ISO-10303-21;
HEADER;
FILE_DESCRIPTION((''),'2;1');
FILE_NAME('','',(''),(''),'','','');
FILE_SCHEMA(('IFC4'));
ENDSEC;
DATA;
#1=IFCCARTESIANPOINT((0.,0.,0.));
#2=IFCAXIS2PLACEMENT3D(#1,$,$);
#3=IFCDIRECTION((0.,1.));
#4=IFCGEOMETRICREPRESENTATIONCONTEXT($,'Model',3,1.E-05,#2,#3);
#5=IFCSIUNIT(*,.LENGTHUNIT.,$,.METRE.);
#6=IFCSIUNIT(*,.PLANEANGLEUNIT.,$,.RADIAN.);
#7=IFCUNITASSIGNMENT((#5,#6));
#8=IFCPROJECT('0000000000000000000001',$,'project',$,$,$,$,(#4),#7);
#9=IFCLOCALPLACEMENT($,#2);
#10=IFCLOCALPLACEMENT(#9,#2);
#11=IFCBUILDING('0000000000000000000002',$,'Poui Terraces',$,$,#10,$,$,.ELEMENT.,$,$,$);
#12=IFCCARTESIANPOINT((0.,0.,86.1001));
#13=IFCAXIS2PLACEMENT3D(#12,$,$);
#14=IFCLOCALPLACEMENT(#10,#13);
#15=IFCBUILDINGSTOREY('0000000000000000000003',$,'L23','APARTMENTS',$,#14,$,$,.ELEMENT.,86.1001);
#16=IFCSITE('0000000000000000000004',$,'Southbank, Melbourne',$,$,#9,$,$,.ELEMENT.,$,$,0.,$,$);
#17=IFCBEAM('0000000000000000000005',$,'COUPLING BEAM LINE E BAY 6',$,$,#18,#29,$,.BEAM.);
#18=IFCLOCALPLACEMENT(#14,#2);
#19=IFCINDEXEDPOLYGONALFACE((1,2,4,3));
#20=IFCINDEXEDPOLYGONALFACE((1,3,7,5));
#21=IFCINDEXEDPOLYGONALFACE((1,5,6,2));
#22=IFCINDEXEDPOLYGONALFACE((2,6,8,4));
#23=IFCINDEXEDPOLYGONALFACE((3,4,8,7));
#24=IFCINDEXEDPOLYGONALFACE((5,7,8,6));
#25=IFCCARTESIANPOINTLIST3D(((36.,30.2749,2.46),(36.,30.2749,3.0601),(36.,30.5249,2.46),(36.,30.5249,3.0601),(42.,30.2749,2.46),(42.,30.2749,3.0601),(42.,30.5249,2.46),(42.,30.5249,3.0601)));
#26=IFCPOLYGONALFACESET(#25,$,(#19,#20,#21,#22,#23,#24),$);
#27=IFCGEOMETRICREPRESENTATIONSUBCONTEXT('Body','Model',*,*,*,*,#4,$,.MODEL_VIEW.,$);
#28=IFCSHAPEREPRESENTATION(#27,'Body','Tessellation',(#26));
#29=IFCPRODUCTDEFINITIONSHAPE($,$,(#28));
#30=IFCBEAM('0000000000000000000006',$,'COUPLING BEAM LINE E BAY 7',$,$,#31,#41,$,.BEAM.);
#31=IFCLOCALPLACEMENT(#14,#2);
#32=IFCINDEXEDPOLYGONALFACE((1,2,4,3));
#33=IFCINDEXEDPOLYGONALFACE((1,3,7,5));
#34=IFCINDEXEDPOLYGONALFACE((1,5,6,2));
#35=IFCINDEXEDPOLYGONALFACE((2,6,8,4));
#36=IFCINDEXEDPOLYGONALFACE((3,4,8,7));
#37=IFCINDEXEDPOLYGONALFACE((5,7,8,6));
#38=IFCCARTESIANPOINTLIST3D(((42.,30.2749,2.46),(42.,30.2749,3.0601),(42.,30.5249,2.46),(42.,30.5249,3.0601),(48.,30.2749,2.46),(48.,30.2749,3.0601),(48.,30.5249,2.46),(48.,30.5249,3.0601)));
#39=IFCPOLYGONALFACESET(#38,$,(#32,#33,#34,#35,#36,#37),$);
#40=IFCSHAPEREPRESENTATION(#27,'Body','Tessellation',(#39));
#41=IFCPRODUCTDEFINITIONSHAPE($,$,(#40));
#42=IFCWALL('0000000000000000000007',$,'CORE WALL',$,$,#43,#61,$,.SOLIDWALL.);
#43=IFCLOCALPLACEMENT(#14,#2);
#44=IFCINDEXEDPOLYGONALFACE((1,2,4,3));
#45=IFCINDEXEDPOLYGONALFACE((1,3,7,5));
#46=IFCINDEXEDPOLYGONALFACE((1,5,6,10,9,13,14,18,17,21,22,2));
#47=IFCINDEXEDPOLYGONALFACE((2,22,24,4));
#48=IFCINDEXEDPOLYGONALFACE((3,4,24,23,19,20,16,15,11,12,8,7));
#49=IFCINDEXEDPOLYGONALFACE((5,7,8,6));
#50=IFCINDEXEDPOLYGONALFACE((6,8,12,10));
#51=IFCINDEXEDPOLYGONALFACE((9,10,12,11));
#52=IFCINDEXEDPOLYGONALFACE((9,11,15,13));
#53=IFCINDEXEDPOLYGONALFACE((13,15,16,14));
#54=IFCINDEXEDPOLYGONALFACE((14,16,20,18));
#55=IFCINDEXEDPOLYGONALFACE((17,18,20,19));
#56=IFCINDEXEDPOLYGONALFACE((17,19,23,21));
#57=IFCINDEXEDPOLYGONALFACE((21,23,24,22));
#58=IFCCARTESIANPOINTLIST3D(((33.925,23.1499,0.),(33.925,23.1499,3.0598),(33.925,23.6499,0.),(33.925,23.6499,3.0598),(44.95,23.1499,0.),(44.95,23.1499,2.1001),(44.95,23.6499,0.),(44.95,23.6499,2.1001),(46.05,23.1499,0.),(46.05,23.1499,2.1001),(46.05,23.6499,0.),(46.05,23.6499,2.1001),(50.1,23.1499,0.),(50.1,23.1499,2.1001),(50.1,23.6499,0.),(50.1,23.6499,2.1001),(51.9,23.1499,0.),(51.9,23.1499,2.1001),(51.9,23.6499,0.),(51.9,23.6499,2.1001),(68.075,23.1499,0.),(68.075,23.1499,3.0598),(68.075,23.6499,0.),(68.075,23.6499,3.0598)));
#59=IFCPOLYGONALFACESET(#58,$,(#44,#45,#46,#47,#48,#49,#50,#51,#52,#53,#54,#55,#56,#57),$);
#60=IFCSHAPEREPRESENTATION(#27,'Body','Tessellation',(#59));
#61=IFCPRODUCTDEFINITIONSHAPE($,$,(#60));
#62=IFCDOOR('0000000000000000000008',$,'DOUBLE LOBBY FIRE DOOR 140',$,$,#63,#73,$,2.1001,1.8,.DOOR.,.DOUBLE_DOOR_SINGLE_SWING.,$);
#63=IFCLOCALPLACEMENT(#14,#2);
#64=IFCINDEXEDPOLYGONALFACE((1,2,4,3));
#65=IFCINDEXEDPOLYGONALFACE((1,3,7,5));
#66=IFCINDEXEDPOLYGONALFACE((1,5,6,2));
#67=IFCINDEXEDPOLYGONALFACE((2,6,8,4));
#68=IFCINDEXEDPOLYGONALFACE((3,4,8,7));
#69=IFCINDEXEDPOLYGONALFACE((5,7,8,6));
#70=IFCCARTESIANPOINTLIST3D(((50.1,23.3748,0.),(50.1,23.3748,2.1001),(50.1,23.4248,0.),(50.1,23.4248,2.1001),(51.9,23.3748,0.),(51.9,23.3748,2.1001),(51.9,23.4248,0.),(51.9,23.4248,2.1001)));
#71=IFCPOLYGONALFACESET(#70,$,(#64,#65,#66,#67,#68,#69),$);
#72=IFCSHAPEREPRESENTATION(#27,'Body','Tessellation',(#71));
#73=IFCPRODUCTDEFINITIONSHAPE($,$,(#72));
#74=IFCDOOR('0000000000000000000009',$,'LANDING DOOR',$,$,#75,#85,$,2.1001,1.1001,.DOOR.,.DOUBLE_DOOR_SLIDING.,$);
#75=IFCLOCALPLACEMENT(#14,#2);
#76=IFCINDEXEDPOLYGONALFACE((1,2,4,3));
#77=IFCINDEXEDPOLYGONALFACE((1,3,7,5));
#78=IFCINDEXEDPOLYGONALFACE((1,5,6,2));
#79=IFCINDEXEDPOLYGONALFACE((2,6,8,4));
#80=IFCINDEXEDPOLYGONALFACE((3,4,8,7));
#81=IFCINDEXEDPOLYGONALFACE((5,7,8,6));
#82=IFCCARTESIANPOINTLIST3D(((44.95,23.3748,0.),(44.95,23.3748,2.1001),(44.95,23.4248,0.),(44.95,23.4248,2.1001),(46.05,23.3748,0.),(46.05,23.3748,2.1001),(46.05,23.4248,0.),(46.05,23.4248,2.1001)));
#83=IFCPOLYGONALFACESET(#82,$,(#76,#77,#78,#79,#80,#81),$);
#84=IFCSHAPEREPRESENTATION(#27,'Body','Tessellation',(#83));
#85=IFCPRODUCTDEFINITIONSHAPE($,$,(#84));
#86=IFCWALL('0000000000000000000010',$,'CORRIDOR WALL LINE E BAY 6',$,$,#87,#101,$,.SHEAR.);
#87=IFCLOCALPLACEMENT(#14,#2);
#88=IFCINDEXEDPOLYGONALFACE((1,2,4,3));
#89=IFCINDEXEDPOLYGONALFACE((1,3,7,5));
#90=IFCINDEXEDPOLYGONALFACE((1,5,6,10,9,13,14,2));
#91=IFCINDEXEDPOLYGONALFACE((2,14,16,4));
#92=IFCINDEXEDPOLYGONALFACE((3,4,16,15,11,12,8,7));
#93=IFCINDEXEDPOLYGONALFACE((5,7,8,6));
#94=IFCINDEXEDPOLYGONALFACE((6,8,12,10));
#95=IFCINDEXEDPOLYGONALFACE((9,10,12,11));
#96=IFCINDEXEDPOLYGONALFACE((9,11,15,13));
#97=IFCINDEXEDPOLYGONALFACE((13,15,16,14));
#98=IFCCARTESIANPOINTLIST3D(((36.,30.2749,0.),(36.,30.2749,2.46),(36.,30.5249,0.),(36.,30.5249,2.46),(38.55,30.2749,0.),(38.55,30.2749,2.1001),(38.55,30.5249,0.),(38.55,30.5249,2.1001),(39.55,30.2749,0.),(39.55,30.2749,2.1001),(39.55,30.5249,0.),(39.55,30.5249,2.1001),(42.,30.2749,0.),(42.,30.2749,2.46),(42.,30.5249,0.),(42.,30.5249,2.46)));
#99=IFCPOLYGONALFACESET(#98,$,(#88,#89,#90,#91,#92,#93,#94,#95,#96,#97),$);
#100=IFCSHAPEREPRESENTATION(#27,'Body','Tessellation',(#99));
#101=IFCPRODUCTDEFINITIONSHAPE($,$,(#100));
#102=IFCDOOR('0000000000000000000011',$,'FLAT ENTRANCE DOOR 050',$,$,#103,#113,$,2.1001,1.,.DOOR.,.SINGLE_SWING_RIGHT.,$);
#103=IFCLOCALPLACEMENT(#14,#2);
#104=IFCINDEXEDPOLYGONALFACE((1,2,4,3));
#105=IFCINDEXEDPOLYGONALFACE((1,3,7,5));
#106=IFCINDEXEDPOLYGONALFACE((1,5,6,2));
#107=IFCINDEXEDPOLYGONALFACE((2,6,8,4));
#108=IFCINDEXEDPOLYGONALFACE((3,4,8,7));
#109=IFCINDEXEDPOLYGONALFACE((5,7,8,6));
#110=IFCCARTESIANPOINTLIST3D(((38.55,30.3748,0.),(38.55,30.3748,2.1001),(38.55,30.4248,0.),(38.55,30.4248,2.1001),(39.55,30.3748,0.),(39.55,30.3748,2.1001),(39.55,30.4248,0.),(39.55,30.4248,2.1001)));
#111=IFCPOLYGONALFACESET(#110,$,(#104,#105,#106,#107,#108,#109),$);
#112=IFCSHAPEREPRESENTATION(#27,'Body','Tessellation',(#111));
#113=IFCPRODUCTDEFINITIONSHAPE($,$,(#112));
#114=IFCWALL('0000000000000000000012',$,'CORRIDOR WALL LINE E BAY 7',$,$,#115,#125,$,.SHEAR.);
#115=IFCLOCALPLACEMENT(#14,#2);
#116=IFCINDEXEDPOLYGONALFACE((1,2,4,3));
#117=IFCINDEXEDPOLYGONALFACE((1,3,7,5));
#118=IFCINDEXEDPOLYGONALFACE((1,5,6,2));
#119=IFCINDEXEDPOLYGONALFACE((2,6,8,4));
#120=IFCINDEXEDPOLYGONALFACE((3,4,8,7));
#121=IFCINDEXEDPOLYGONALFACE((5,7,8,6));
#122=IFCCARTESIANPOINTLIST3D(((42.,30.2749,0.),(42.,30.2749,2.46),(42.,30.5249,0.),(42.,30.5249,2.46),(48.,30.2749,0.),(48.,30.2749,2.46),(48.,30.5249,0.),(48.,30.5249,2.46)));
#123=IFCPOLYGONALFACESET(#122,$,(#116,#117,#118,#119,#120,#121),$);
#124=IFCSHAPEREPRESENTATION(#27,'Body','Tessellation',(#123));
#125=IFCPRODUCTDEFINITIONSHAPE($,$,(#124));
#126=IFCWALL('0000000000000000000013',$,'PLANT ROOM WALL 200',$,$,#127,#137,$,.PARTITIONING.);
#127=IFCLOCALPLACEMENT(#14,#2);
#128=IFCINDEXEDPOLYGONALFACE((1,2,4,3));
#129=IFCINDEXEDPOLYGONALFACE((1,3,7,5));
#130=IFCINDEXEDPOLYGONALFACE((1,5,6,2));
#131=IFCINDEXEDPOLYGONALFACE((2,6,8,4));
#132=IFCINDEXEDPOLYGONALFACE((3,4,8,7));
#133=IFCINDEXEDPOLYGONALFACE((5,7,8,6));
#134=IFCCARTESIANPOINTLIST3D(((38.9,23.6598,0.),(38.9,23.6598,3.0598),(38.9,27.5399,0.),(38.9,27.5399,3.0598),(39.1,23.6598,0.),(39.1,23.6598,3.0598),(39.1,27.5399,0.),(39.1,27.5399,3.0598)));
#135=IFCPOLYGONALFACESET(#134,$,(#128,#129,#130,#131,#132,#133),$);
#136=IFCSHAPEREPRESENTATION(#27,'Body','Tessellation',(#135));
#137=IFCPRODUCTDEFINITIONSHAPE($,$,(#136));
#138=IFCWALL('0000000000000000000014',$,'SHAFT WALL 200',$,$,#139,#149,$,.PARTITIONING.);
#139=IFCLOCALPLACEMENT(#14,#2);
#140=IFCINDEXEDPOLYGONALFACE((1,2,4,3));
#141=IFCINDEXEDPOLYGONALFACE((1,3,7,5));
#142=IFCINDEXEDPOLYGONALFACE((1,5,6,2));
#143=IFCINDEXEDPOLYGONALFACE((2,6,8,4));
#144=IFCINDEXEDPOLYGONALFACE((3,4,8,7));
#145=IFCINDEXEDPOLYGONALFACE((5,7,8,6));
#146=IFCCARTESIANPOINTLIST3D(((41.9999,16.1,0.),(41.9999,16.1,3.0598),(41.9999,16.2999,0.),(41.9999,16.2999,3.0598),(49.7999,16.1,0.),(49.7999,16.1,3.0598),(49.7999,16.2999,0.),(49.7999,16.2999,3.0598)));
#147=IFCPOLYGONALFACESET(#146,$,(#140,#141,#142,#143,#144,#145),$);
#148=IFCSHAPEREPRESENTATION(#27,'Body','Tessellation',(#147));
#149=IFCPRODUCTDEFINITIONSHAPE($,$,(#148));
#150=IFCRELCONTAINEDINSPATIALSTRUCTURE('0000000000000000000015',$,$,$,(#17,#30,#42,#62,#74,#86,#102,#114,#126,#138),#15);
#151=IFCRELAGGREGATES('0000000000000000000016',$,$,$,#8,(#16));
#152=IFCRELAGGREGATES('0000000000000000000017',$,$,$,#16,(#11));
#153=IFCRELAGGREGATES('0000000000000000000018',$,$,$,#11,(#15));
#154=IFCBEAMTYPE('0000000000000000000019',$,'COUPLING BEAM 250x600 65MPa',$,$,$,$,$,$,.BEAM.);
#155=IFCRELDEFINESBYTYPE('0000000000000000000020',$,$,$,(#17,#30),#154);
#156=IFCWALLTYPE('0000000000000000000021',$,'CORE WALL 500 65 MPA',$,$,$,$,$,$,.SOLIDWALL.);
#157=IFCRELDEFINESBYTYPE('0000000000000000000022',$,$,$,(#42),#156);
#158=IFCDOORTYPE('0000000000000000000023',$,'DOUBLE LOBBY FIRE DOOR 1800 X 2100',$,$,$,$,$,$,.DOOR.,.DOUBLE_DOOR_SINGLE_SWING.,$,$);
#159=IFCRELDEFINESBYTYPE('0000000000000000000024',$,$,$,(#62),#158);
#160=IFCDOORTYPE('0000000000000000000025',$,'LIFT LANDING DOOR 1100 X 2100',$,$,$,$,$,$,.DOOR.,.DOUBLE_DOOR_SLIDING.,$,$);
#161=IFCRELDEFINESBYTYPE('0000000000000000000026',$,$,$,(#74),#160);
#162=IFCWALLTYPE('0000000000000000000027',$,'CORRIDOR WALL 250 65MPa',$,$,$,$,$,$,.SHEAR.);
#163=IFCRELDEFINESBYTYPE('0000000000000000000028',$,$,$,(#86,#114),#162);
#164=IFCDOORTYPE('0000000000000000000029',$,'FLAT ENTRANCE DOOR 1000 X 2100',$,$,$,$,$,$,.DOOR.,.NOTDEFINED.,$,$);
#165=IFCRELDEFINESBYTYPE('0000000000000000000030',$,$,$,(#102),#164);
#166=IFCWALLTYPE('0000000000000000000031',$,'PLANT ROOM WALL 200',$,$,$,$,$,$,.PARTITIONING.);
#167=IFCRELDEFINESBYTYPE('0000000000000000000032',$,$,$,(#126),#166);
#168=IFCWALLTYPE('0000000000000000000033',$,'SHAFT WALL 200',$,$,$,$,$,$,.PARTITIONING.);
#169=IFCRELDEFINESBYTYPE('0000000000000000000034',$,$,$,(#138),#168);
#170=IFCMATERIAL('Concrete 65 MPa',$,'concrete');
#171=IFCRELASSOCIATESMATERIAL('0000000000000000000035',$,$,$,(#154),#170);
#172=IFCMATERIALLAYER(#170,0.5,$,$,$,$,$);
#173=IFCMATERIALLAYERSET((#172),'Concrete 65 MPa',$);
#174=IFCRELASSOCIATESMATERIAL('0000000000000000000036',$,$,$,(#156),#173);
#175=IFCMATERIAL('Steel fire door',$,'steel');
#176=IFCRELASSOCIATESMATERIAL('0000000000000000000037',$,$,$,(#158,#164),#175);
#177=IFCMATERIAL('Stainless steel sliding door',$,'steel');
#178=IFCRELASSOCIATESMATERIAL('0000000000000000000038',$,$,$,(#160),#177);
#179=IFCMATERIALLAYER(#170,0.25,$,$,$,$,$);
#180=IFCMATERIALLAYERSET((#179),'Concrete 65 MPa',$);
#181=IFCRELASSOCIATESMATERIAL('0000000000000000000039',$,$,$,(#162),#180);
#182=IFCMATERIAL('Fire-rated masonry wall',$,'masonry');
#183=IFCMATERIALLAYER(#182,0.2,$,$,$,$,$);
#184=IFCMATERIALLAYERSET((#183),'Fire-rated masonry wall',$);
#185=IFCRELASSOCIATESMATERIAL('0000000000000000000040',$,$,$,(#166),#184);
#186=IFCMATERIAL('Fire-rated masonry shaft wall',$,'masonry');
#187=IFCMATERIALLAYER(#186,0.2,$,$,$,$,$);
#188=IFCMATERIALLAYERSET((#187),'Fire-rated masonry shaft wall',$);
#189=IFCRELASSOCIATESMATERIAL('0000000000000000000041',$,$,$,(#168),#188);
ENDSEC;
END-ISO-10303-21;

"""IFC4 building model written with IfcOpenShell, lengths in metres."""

from ifc_helpers import new_model, si_unit, direction, frame, frame_2d, origin, origin_2d, place, context, subcontext, project, spatial, rectangle, extrude, source, transform, mapped, material, layer, layer_set, material_profile, profile_set, type_object, element, fill, save


model = new_model("IFC4")

# Units and contexts
model_context = context("Model", 3, precision=1e-05, world=origin(), true_north=direction((0.0, 1.0)))
body_context = subcontext(model_context, "Body", "Model", "MODEL_VIEW")
ifc_project = project(units=[si_unit("LENGTHUNIT", "METRE"), si_unit("PLANEANGLEUNIT", "RADIAN")], contexts=[model_context])

# Site, building, storey
site_placement = place(None, origin())
site = spatial("IfcSite", under=ifc_project, at=site_placement, Name="Southbank, Melbourne", CompositionType="ELEMENT", RefElevation=0.0)
building_placement = place(site_placement, origin())
building = spatial("IfcBuilding", under=site, at=building_placement, Name="Poui Terraces", CompositionType="ELEMENT")
storey_placement = place(building_placement, frame((0.0, 0.0, 86.1001)))
storey = spatial("IfcBuildingStorey", under=building, at=storey_placement, Name="L23", Description="APARTMENTS", CompositionType="ELEMENT", Elevation=86.1001)

# Beams
ifc_material_1 = material(Name="Concrete 65 MPa", Category="concrete")
ifc_material_profile = material_profile(ifc_material_1, rectangle(XDim=0.25, YDim=0.6001, at=origin_2d()), Name="RC 250x600")
ifc_profile_set = profile_set([ifc_material_profile], Name="Concrete 65 MPa")
beam_type = type_object("IfcBeamType", Name="COUPLING BEAM 250x600 65MPa", PredefinedType="BEAM", material=ifc_profile_set)
shared_shape = source(origin(), body_context, "Body", "SweptSolid", [
    extrude(rectangle(XDim=0.25, YDim=0.6001, at=origin_2d()), origin(), (0.0, 0.0, 1.0), 6.0),
])
for number, where, z_axis, x_axis, name in (
    (1, (36.0, 30.3999, 2.76), (1.0, 0.0, 0.0), (0.0, 1.0, 0.0), "COUPLING BEAM LINE E BAY 6"),
    (2, (42.0, 30.3999, 2.76), (1.0, 0.0, 0.0), (0.0, 1.0, 0.0), "COUPLING BEAM LINE E BAY 7"),
):
    element("IfcBeam", number, at=place(storey_placement, frame(where, z_axis=z_axis, x_axis=x_axis)), inside=storey, type_object=beam_type, Name=name, PredefinedType="BEAM", context=body_context, shape_type="MappedRepresentation", body=[
        mapped(shared_shape, transform((0.0, 0.0, 0.0))),
    ])

# Wall, openings, doors
ifc_layer_1 = layer(ifc_material_1, 0.5)
ifc_layer_set_1 = layer_set([ifc_layer_1], Name="Concrete 65 MPa")
wall_type_1 = type_object("IfcWallType", Name="CORE WALL 500 65 MPA", PredefinedType="SOLIDWALL", material=ifc_layer_set_1)
wall_1_placement = place(storey_placement, frame((33.925, 23.3999, 0.0), z_axis=(0.0, 0.0, 1.0), x_axis=(1.0, 0.0, 0.0)))
wall_1 = element("IfcWall", 3, at=wall_1_placement, inside=storey, type_object=wall_type_1, Name="CORE WALL", PredefinedType="SOLIDWALL", context=body_context, shape_type="SweptSolid", body=[
    extrude(rectangle(XDim=34.1499, YDim=0.5, at=frame_2d((17.075, 0.0))), origin(), (0.0, 0.0, 1.0), 3.0598),
])
opening_1_placement = place(wall_1_placement, frame((16.175, 0.0, 0.0)))
opening_1 = element("IfcOpeningElement", 4, at=opening_1_placement, cuts=wall_1, PredefinedType="OPENING", context=body_context, shape_type="SweptSolid", body=[
    extrude(rectangle(XDim=1.8, YDim=2.1001, at=frame_2d((0.8999, 1.05))), frame((0.0, 0.26, 0.0), z_axis=(0.0, -1.0, 0.0), x_axis=(1.0, 0.0, 0.0)), (0.0, 0.0, 1.0), 0.52),
])
opening_2_placement = place(wall_1_placement, frame((11.0249, 0.0, 0.0)))
opening_2 = element("IfcOpeningElement", 5, at=opening_2_placement, cuts=wall_1, PredefinedType="OPENING", context=body_context, shape_type="SweptSolid", body=[
    extrude(rectangle(XDim=1.1001, YDim=2.1001, at=frame_2d((0.55, 1.05))), frame((0.0, 0.26, 0.0), z_axis=(0.0, -1.0, 0.0), x_axis=(1.0, 0.0, 0.0)), (0.0, 0.0, 1.0), 0.52),
])
ifc_material_2 = material(Name="Steel fire door", Category="steel")
door_type_1 = type_object("IfcDoorType", Name="DOUBLE LOBBY FIRE DOOR 1800 X 2100", OperationType="DOUBLE_DOOR_SINGLE_SWING", PredefinedType="DOOR", material=ifc_material_2)
door_1_placement = place(opening_1_placement, origin())
door_1 = element("IfcDoor", 6, at=door_1_placement, inside=storey, type_object=door_type_1, Name="DOUBLE LOBBY FIRE DOOR 140", OperationType="DOUBLE_DOOR_SINGLE_SWING", OverallHeight=2.1001, OverallWidth=1.8, PredefinedType="DOOR", context=body_context, shape_type="SweptSolid", body=[
    extrude(rectangle(XDim=1.8, YDim=2.1001, at=frame_2d((0.8999, 1.05))), frame((0.0, 0.0249, 0.0), z_axis=(0.0, -1.0, 0.0), x_axis=(1.0, 0.0, 0.0)), (0.0, 0.0, 1.0), 0.05),
])
fill(opening_1, door_1)
ifc_material_3 = material(Name="Stainless steel sliding door", Category="steel")
door_type_2 = type_object("IfcDoorType", Name="LIFT LANDING DOOR 1100 X 2100", OperationType="DOUBLE_DOOR_SLIDING", PredefinedType="DOOR", material=ifc_material_3)
door_2_placement = place(opening_2_placement, origin())
door_2 = element("IfcDoor", 7, at=door_2_placement, inside=storey, type_object=door_type_2, Name="LANDING DOOR", OperationType="DOUBLE_DOOR_SLIDING", OverallHeight=2.1001, OverallWidth=1.1001, PredefinedType="DOOR", context=body_context, shape_type="SweptSolid", body=[
    extrude(rectangle(XDim=1.1001, YDim=2.1001, at=frame_2d((0.55, 1.05))), frame((0.0, 0.0249, 0.0), z_axis=(0.0, -1.0, 0.0), x_axis=(1.0, 0.0, 0.0)), (0.0, 0.0, 1.0), 0.05),
])
fill(opening_2, door_2)

# Wall, opening, door
ifc_layer_2 = layer(ifc_material_1, 0.25)
ifc_layer_set_2 = layer_set([ifc_layer_2], Name="Concrete 65 MPa")
wall_type_2 = type_object("IfcWallType", Name="CORRIDOR WALL 250 65MPa", PredefinedType="SHEAR", material=ifc_layer_set_2)
wall_2_placement = place(storey_placement, frame((36.0, 30.3999, 0.0), z_axis=(0.0, 0.0, 1.0), x_axis=(1.0, 0.0, 0.0)))
wall_2 = element("IfcWall", 8, at=wall_2_placement, inside=storey, type_object=wall_type_2, Name="CORRIDOR WALL LINE E BAY 6", PredefinedType="SHEAR", context=body_context, shape_type="SweptSolid", body=[
    extrude(rectangle(XDim=6.0, YDim=0.25, at=frame_2d((3.0, 0.0))), origin(), (0.0, 0.0, 1.0), 2.46),
])
opening_3_placement = place(wall_2_placement, frame((2.55, 0.0, 0.0)))
opening_3 = element("IfcOpeningElement", 9, at=opening_3_placement, cuts=wall_2, PredefinedType="OPENING", context=body_context, shape_type="SweptSolid", body=[
    extrude(rectangle(XDim=1.0, YDim=2.1001, at=frame_2d((0.5, 1.05))), frame((0.0, 0.135, 0.0), z_axis=(0.0, -1.0, 0.0), x_axis=(1.0, 0.0, 0.0)), (0.0, 0.0, 1.0), 0.27),
])
door_type_3 = type_object("IfcDoorType", Name="FLAT ENTRANCE DOOR 1000 X 2100", OperationType="NOTDEFINED", PredefinedType="DOOR", material=ifc_material_2)
door_3_placement = place(opening_3_placement, origin())
door_3 = element("IfcDoor", 10, at=door_3_placement, inside=storey, type_object=door_type_3, Name="FLAT ENTRANCE DOOR 050", OperationType="SINGLE_SWING_RIGHT", OverallHeight=2.1001, OverallWidth=1.0, PredefinedType="DOOR", context=body_context, shape_type="SweptSolid", body=[
    extrude(rectangle(XDim=1.0, YDim=2.1001, at=frame_2d((0.5, 1.05))), frame((0.0, 0.0249, 0.0), z_axis=(0.0, -1.0, 0.0), x_axis=(1.0, 0.0, 0.0)), (0.0, 0.0, 1.0), 0.05),
])
fill(opening_3, door_3)

# Walls
wall_3_placement = place(storey_placement, frame((42.0, 30.3999, 0.0), z_axis=(0.0, 0.0, 1.0), x_axis=(1.0, 0.0, 0.0)))
element("IfcWall", 11, at=wall_3_placement, inside=storey, type_object=wall_type_2, Name="CORRIDOR WALL LINE E BAY 7", PredefinedType="SHEAR", context=body_context, shape_type="SweptSolid", body=[
    extrude(rectangle(XDim=6.0, YDim=0.25, at=frame_2d((3.0, 0.0))), origin(), (0.0, 0.0, 1.0), 2.46),
])
ifc_material_4 = material(Name="Fire-rated masonry wall", Category="masonry")
ifc_layer_3 = layer(ifc_material_4, 0.2)
ifc_layer_set_3 = layer_set([ifc_layer_3], Name="Fire-rated masonry wall")
wall_type_3 = type_object("IfcWallType", Name="PLANT ROOM WALL 200", PredefinedType="PARTITIONING", material=ifc_layer_set_3)
wall_4_placement = place(storey_placement, frame((39.0, 23.6599, 0.0), z_axis=(0.0, 0.0, 1.0), x_axis=(0.0, 1.0, 0.0)))
element("IfcWall", 12, at=wall_4_placement, inside=storey, type_object=wall_type_3, Name="PLANT ROOM WALL 200", PredefinedType="PARTITIONING", context=body_context, shape_type="SweptSolid", body=[
    extrude(rectangle(XDim=3.8801, YDim=0.2, at=frame_2d((1.9399, 0.0))), origin(), (0.0, 0.0, 1.0), 3.0598),
])
ifc_material_5 = material(Name="Fire-rated masonry shaft wall", Category="masonry")
ifc_layer_4 = layer(ifc_material_5, 0.2)
ifc_layer_set_4 = layer_set([ifc_layer_4], Name="Fire-rated masonry shaft wall")
wall_type_4 = type_object("IfcWallType", Name="SHAFT WALL 200", PredefinedType="PARTITIONING", material=ifc_layer_set_4)
wall_5_placement = place(storey_placement, frame((42.0, 16.2, 0.0), z_axis=(0.0, 0.0, 1.0), x_axis=(1.0, 0.0, 0.0)))
element("IfcWall", 13, at=wall_5_placement, inside=storey, type_object=wall_type_4, Name="SHAFT WALL 200", PredefinedType="PARTITIONING", context=body_context, shape_type="SweptSolid", body=[
    extrude(rectangle(XDim=7.8, YDim=0.2, at=frame_2d((3.8999, 0.0))), origin(), (0.0, 0.0, 1.0), 3.0598),
])

save(model, "model.ifc")
